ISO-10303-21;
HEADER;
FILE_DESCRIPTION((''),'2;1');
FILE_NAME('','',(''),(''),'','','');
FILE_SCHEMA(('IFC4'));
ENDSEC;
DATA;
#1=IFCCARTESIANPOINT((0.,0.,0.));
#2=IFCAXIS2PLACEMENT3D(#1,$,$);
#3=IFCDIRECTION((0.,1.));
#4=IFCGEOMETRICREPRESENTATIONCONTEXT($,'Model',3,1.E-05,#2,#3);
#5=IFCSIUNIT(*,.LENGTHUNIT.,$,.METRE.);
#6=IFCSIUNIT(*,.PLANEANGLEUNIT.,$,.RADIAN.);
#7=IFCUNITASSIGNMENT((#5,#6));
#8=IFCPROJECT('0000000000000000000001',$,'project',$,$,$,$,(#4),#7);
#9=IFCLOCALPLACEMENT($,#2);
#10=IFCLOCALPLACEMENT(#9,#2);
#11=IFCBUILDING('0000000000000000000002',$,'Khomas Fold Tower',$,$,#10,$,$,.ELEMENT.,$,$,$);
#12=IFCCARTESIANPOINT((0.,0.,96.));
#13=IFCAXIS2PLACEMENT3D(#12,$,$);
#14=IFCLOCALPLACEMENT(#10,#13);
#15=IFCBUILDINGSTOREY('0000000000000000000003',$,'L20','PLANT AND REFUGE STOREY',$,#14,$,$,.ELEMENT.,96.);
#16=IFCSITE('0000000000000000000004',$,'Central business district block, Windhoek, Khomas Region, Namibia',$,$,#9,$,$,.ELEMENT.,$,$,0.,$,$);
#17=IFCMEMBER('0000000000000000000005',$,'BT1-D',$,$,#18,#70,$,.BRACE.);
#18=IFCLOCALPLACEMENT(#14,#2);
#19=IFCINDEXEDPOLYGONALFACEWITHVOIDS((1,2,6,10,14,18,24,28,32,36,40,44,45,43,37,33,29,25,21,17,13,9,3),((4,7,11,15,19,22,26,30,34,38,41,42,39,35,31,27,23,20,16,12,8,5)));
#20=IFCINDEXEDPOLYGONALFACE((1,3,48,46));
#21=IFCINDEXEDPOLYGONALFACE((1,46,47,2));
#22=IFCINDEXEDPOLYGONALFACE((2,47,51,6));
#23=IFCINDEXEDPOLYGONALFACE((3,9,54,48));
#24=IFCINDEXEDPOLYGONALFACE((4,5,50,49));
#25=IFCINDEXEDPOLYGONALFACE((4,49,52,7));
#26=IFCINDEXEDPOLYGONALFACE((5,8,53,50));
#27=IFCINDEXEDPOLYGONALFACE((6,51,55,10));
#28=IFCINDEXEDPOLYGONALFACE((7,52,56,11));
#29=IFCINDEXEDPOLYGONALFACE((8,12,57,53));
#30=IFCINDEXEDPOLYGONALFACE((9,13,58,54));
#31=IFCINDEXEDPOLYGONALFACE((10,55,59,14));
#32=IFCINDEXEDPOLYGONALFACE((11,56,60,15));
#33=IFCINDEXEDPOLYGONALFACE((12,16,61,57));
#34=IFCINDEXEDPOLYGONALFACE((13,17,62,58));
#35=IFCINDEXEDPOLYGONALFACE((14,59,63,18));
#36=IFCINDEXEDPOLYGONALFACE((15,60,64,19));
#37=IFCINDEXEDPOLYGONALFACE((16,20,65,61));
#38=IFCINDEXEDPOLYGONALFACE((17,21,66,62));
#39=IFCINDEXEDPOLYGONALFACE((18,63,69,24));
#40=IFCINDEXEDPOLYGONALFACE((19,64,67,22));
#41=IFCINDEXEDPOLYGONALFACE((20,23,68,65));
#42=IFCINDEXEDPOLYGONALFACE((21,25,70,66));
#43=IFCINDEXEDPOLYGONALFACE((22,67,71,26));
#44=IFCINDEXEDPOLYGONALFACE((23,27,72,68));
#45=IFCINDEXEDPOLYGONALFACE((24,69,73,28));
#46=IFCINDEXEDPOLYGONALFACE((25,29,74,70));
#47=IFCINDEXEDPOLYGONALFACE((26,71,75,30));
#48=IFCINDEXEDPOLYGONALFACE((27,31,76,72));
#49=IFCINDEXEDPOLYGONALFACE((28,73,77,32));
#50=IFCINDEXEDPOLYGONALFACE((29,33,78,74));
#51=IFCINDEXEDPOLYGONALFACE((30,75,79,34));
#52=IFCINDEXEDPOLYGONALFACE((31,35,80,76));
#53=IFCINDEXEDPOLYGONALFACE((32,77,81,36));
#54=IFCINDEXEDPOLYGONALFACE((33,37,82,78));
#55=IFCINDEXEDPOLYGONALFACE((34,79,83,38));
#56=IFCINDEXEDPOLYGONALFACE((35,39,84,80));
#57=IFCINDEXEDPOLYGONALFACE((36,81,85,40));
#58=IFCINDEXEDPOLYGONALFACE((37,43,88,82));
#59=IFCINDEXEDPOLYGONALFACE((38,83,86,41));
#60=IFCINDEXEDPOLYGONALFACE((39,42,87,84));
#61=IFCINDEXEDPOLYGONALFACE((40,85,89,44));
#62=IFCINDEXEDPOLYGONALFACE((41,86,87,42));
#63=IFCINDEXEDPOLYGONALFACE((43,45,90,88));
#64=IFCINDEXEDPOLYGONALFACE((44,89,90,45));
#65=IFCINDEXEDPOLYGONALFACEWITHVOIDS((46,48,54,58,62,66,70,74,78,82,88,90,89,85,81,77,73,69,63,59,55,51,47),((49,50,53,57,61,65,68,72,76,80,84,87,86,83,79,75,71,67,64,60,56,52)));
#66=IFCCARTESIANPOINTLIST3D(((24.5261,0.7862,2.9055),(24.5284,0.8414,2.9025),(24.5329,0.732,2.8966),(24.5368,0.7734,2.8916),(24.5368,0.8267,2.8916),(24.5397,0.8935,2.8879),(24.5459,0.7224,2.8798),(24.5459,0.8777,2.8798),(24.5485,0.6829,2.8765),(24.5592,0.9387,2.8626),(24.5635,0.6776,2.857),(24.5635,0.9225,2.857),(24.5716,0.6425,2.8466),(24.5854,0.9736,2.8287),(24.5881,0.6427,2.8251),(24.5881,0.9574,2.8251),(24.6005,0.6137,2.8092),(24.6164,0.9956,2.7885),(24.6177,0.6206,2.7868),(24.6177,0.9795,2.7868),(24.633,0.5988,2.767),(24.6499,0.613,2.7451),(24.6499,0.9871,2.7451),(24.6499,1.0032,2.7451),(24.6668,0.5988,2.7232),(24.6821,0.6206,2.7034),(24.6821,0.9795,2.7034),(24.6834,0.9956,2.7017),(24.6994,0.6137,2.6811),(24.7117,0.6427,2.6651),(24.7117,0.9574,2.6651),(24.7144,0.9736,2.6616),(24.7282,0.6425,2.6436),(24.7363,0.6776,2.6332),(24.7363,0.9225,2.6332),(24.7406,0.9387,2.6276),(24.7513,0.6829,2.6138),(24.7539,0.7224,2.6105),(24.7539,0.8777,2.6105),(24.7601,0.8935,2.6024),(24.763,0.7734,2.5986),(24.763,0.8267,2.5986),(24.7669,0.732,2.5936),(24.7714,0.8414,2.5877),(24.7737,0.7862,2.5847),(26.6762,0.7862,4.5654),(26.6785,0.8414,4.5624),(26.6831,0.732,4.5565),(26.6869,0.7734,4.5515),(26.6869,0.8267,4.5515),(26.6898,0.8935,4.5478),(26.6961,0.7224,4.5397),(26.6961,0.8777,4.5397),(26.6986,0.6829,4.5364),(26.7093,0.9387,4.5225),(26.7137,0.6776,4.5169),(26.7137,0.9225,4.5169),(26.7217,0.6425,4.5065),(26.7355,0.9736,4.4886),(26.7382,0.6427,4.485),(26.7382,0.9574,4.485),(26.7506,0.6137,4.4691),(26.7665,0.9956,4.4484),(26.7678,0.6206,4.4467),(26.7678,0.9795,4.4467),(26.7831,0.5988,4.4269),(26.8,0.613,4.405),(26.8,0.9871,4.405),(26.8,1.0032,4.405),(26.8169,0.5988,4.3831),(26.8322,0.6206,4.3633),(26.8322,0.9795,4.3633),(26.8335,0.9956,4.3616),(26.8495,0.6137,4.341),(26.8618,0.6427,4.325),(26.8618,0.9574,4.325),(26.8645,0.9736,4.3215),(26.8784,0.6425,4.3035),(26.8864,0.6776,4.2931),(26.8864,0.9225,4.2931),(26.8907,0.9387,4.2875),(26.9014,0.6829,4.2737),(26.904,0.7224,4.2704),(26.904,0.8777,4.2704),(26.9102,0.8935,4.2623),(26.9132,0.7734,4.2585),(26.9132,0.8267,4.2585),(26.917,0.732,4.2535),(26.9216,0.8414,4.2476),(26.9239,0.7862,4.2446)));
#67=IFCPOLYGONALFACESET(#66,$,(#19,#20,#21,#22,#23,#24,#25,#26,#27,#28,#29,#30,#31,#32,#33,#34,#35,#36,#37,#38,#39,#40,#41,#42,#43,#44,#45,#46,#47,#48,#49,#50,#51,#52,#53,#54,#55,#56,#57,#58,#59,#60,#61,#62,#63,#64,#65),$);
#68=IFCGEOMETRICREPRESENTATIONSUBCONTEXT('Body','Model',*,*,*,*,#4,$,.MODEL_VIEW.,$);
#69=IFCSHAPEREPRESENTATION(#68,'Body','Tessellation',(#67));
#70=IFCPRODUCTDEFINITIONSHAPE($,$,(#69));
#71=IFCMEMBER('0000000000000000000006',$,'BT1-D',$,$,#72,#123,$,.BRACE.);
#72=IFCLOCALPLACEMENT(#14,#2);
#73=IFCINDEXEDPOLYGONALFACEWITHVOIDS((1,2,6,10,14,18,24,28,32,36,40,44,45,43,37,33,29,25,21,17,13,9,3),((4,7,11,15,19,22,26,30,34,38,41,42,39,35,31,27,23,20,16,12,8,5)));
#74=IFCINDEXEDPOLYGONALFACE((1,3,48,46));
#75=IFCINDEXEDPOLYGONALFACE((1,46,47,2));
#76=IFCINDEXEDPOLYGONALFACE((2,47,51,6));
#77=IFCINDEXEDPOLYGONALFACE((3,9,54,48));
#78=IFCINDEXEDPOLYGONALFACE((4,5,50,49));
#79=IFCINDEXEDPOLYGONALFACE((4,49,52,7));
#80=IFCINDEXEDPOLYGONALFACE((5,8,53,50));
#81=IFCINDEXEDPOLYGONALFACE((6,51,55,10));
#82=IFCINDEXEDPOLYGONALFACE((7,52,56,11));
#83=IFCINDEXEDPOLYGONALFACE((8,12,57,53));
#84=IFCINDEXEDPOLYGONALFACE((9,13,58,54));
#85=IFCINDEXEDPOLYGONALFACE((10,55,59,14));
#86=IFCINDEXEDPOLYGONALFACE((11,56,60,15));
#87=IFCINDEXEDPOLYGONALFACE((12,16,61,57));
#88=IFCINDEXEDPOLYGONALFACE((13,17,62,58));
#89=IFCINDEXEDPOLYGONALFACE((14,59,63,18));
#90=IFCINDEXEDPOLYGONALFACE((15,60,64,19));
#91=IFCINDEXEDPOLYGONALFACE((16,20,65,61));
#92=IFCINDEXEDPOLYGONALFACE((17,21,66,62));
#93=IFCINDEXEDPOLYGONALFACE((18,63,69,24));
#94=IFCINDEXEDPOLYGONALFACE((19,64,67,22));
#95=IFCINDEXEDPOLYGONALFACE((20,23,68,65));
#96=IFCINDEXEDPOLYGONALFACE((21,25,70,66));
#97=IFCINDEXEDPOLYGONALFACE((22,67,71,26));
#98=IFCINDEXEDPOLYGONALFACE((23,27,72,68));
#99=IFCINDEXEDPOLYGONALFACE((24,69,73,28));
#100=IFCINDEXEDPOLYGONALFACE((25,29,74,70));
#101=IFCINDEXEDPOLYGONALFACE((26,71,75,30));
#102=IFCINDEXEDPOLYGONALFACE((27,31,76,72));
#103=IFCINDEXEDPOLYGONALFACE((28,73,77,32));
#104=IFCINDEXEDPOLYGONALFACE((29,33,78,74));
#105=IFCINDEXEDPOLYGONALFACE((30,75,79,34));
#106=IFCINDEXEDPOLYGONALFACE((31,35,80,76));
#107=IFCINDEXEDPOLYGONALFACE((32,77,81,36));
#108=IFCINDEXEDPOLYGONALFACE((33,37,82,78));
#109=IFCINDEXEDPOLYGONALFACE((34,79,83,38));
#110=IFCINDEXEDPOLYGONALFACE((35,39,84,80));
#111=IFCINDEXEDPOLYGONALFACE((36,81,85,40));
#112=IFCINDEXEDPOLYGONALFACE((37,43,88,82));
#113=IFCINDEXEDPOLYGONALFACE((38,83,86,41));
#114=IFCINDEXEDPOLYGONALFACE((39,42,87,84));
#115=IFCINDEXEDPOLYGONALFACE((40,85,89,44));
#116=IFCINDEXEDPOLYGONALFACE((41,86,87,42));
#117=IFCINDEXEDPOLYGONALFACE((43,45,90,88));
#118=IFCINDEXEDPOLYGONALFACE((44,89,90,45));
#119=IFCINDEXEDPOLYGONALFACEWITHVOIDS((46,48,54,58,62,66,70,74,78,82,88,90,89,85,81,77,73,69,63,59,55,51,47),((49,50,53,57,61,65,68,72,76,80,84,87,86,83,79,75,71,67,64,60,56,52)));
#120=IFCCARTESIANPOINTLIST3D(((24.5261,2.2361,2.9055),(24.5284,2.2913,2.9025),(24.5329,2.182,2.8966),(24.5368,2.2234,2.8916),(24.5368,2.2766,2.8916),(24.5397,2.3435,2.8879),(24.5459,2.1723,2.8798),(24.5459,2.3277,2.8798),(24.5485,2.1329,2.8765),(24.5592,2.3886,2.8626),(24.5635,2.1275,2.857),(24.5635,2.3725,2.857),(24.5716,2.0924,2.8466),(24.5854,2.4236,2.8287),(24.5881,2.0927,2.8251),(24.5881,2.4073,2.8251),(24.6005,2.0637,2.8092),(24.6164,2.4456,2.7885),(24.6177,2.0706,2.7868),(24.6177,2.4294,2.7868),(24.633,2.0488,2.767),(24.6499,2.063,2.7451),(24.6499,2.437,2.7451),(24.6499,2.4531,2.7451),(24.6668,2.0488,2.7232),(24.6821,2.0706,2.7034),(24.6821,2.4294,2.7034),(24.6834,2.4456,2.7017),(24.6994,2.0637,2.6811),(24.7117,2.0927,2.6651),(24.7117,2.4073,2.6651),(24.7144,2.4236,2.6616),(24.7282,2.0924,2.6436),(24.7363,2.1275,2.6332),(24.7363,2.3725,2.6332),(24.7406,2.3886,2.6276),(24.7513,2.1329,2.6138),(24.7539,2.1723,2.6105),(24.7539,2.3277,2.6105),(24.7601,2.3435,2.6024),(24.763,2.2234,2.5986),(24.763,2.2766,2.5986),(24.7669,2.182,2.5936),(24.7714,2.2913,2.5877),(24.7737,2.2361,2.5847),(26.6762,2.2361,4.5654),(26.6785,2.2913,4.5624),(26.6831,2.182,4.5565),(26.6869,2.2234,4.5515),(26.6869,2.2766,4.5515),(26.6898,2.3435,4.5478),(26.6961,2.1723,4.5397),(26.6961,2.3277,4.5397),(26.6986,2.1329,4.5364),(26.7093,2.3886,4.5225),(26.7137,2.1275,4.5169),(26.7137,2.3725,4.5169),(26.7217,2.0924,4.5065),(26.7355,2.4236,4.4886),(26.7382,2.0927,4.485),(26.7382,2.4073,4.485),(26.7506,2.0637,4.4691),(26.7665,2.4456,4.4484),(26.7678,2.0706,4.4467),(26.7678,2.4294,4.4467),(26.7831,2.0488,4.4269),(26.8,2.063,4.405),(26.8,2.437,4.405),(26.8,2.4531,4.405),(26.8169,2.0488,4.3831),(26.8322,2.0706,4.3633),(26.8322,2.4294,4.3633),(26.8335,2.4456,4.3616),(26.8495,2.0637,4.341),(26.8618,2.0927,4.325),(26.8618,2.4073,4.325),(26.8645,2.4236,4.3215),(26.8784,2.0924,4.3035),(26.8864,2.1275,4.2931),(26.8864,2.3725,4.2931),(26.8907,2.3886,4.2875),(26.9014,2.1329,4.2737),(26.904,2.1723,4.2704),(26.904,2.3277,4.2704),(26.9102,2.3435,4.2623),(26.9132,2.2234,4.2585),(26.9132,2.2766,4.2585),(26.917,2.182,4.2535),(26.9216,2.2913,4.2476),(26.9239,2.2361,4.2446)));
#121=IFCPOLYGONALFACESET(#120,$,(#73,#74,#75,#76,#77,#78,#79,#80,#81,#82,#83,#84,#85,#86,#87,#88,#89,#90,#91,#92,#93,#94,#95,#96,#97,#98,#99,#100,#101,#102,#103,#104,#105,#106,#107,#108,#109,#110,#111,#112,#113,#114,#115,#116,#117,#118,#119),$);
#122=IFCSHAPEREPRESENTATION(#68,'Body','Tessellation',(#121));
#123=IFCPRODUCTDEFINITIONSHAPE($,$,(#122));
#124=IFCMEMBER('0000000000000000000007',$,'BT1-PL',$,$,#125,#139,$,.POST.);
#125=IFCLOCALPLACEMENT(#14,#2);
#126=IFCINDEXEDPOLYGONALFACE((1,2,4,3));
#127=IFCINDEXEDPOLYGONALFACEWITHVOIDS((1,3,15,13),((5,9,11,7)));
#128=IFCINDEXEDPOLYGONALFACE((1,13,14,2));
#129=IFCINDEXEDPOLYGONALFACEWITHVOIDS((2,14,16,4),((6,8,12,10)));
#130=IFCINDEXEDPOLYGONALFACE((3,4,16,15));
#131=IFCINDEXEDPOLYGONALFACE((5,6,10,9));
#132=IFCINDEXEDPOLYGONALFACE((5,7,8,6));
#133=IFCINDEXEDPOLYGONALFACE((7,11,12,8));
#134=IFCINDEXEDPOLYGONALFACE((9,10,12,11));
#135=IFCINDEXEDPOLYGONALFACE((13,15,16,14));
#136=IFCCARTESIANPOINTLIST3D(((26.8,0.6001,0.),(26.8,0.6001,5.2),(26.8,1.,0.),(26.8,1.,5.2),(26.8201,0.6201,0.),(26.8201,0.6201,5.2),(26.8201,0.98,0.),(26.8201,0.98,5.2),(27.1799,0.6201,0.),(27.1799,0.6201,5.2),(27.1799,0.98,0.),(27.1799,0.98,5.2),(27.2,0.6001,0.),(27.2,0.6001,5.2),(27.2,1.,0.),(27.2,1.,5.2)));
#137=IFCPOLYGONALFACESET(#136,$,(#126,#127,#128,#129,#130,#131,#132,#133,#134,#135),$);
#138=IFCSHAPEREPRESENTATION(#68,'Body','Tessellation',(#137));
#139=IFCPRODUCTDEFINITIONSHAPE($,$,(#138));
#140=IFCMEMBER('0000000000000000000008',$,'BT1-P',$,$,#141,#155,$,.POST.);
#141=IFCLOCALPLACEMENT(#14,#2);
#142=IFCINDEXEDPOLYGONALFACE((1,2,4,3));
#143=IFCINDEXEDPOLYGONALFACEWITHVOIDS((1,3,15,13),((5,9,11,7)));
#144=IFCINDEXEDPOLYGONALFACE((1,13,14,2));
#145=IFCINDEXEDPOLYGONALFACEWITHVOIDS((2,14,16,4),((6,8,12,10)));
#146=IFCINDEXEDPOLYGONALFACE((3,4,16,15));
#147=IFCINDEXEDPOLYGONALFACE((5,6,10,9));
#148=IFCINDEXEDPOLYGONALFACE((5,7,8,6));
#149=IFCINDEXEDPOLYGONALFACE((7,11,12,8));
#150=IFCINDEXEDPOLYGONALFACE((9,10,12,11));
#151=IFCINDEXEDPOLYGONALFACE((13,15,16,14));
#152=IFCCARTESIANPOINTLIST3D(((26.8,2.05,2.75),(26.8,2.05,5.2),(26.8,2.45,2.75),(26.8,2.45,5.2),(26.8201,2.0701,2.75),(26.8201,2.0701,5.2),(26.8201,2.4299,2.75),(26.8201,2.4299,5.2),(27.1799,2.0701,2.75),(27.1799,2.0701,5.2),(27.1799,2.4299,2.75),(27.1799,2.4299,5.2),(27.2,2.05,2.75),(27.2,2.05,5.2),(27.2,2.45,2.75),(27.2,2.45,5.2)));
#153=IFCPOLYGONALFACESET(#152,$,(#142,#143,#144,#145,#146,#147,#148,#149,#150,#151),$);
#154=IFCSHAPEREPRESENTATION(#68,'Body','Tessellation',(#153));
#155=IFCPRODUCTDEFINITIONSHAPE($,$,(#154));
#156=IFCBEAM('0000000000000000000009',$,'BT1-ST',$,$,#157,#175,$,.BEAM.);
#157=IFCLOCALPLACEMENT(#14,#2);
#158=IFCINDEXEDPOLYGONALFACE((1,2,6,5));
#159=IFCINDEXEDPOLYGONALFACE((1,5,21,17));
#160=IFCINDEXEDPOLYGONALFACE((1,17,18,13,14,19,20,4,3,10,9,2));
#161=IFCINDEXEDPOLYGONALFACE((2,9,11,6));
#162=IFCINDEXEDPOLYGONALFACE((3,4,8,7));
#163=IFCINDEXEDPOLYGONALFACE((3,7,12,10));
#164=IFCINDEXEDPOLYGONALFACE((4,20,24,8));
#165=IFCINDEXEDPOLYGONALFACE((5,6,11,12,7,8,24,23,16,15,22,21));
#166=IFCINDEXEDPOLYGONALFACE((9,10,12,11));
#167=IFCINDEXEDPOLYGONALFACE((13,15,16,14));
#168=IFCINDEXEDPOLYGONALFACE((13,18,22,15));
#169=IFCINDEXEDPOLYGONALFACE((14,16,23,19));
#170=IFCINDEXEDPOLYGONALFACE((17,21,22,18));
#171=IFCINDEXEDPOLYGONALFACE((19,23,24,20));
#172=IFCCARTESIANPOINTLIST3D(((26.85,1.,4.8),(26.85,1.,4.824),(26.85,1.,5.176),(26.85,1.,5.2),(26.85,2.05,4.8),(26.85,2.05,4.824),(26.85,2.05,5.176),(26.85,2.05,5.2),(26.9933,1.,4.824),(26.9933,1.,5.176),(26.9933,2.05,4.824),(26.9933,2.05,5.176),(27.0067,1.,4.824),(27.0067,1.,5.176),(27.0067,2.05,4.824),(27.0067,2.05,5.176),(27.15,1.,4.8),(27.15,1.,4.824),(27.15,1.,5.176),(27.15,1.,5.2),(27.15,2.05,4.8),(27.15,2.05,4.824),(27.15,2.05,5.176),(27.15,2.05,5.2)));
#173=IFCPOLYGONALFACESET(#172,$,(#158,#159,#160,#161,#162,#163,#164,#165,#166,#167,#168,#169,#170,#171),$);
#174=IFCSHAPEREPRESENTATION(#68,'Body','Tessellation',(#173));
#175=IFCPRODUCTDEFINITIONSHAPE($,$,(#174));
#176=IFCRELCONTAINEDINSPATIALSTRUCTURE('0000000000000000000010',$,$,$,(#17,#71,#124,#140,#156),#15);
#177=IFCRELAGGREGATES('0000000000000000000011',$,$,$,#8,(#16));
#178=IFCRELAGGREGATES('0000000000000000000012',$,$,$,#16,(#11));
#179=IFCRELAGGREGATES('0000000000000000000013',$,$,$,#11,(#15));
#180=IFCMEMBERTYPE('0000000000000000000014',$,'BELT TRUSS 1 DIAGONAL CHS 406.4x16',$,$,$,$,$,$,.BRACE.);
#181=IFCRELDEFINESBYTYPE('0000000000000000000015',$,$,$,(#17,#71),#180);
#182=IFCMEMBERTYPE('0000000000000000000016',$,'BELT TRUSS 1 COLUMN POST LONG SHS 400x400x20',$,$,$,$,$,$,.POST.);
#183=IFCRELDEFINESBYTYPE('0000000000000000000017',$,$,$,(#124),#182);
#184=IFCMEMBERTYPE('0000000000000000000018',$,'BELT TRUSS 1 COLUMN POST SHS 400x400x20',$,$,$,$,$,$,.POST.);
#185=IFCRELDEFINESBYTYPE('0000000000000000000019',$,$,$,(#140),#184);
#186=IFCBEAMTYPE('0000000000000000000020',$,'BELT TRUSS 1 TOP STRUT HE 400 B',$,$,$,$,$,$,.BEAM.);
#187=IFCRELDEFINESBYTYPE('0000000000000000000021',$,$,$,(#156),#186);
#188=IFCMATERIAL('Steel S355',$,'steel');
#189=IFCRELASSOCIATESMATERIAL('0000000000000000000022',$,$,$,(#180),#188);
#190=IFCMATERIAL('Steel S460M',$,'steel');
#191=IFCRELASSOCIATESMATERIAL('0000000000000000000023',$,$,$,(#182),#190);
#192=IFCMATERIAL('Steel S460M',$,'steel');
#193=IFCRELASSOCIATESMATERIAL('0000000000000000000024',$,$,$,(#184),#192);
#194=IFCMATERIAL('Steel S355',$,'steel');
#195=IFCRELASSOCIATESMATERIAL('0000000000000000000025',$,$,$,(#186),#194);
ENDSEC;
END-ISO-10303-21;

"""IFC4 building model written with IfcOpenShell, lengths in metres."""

from ifc_helpers import new_model, si_unit, direction, frame, origin, origin_2d, place, context, subcontext, project, spatial, hollow_rectangle, hollow_circle, i_section, extrude, source, transform, mapped, material, material_profile, profile_set, type_object, element, save


model = new_model("IFC4")

# Units and contexts
model_context = context("Model", 3, precision=1e-05, world=origin(), true_north=direction((0.0, 1.0)))
body_context = subcontext(model_context, "Body", "Model", "MODEL_VIEW")
ifc_project = project(units=[si_unit("LENGTHUNIT", "METRE"), si_unit("PLANEANGLEUNIT", "RADIAN")], contexts=[model_context])

# Site, building, storey
site_placement = place(None, origin())
site = spatial("IfcSite", under=ifc_project, at=site_placement, Name="Central business district block, Windhoek, Khomas Region, Namibia", CompositionType="ELEMENT", RefElevation=0.0)
building_placement = place(site_placement, origin())
building = spatial("IfcBuilding", under=site, at=building_placement, Name="Khomas Fold Tower", CompositionType="ELEMENT")
storey_placement = place(building_placement, frame((0.0, 0.0, 96.0)))
storey = spatial("IfcBuildingStorey", under=building, at=storey_placement, Name="L20", Description="PLANT AND REFUGE STOREY", CompositionType="ELEMENT", Elevation=96.0)

# Members
ifc_material_1 = material(Name="Steel S355", Category="steel")
ifc_material_profile_1 = material_profile(ifc_material_1, hollow_circle(Radius=0.2031, WallThickness=0.0161, at=origin_2d()), Name="CHS 406.4x16")
ifc_profile_set_1 = profile_set([ifc_material_profile_1], Name="Steel S355")
member_type_1 = type_object("IfcMemberType", Name="BELT TRUSS 1 DIAGONAL CHS 406.4x16", PredefinedType="BRACE", material=ifc_profile_set_1)
shared_shape_1 = source(origin(), body_context, "Body", "SweptSolid", [
    extrude(hollow_circle(Radius=0.2031, WallThickness=0.0161, at=origin_2d()), origin(), (0.0, 0.0, 1.0), 2.7163),
])
for number, where, z_axis, x_axis, name in (
    (1, (24.6499, 0.8, 2.7451), (0.791564, 0.0, 0.611087), (0.0, 1.0, 0.0), "BT1-D"),
    (2, (24.6499, 2.25, 2.7451), (0.791564, 0.0, 0.611087), (0.0, 1.0, 0.0), "BT1-D"),
):
    element("IfcMember", number, at=place(storey_placement, frame(where, z_axis=z_axis, x_axis=x_axis)), inside=storey, type_object=member_type_1, Name=name, PredefinedType="BRACE", context=body_context, shape_type="MappedRepresentation", body=[
        mapped(shared_shape_1, transform((0.0, 0.0, 0.0))),
    ])
ifc_material_2 = material(Name="Steel S460M", Category="steel")
ifc_material_profile_2 = material_profile(ifc_material_2, hollow_rectangle(XDim=0.3999, YDim=0.3999, WallThickness=0.02, at=origin_2d()), Name="SHS 400x400x20")
ifc_profile_set_2 = profile_set([ifc_material_profile_2], Name="Steel S460M")
member_type_2 = type_object("IfcMemberType", Name="BELT TRUSS 1 COLUMN POST LONG SHS 400x400x20", PredefinedType="POST", material=ifc_profile_set_2)
shared_shape_2 = source(origin(), body_context, "Body", "SweptSolid", [
    extrude(hollow_rectangle(XDim=0.3999, YDim=0.3999, WallThickness=0.02, at=origin_2d()), origin(), (0.0, 0.0, 1.0), 5.2),
])
member_1_placement = place(storey_placement, frame((27.0, 0.8, 0.0), z_axis=(0.0, 0.0, 1.0), x_axis=(1.0, 0.0, 0.0)))
element("IfcMember", 3, at=member_1_placement, inside=storey, type_object=member_type_2, Name="BT1-PL", PredefinedType="POST", context=body_context, shape_type="MappedRepresentation", body=[
    mapped(shared_shape_2, transform((0.0, 0.0, 0.0))),
])
ifc_material_3 = material(Name="Steel S460M", Category="steel")
ifc_material_profile_3 = material_profile(ifc_material_3, hollow_rectangle(XDim=0.3999, YDim=0.3999, WallThickness=0.02, at=origin_2d()), Name="SHS 400x400x20")
ifc_profile_set_3 = profile_set([ifc_material_profile_3], Name="Steel S460M")
member_type_3 = type_object("IfcMemberType", Name="BELT TRUSS 1 COLUMN POST SHS 400x400x20", PredefinedType="POST", material=ifc_profile_set_3)
shared_shape_3 = source(origin(), body_context, "Body", "SweptSolid", [
    extrude(hollow_rectangle(XDim=0.3999, YDim=0.3999, WallThickness=0.02, at=origin_2d()), origin(), (0.0, 0.0, 1.0), 2.45),
])
member_2_placement = place(storey_placement, frame((27.0, 2.25, 2.75), z_axis=(0.0, 0.0, 1.0), x_axis=(1.0, 0.0, 0.0)))
element("IfcMember", 4, at=member_2_placement, inside=storey, type_object=member_type_3, Name="BT1-P", PredefinedType="POST", context=body_context, shape_type="MappedRepresentation", body=[
    mapped(shared_shape_3, transform((0.0, 0.0, 0.0))),
])

# Beam
ifc_material_4 = material(Name="Steel S355", Category="steel")
ifc_material_profile_4 = material_profile(ifc_material_4, i_section(OverallWidth=0.3, OverallDepth=0.3999, WebThickness=0.0134, FlangeThickness=0.0239, at=origin_2d()), Name="HE 400 B")
ifc_profile_set_4 = profile_set([ifc_material_profile_4], Name="Steel S355")
beam_type_1 = type_object("IfcBeamType", Name="BELT TRUSS 1 TOP STRUT HE 400 B", PredefinedType="BEAM", material=ifc_profile_set_4)
shared_shape_4 = source(origin(), body_context, "Body", "SweptSolid", [
    extrude(i_section(OverallWidth=0.3, OverallDepth=0.3999, WebThickness=0.0134, FlangeThickness=0.0239, at=origin_2d()), origin(), (0.0, 0.0, 1.0), 1.05),
])
beam_1_placement = place(storey_placement, frame((27.0, 2.05, 5.0), z_axis=(0.0, -1.0, 0.0), x_axis=(1.0, 0.0, 0.0)))
element("IfcBeam", 5, at=beam_1_placement, inside=storey, type_object=beam_type_1, Name="BT1-ST", PredefinedType="BEAM", context=body_context, shape_type="MappedRepresentation", body=[
    mapped(shared_shape_4, transform((0.0, 0.0, 0.0))),
])

save(model, "model.ifc")
